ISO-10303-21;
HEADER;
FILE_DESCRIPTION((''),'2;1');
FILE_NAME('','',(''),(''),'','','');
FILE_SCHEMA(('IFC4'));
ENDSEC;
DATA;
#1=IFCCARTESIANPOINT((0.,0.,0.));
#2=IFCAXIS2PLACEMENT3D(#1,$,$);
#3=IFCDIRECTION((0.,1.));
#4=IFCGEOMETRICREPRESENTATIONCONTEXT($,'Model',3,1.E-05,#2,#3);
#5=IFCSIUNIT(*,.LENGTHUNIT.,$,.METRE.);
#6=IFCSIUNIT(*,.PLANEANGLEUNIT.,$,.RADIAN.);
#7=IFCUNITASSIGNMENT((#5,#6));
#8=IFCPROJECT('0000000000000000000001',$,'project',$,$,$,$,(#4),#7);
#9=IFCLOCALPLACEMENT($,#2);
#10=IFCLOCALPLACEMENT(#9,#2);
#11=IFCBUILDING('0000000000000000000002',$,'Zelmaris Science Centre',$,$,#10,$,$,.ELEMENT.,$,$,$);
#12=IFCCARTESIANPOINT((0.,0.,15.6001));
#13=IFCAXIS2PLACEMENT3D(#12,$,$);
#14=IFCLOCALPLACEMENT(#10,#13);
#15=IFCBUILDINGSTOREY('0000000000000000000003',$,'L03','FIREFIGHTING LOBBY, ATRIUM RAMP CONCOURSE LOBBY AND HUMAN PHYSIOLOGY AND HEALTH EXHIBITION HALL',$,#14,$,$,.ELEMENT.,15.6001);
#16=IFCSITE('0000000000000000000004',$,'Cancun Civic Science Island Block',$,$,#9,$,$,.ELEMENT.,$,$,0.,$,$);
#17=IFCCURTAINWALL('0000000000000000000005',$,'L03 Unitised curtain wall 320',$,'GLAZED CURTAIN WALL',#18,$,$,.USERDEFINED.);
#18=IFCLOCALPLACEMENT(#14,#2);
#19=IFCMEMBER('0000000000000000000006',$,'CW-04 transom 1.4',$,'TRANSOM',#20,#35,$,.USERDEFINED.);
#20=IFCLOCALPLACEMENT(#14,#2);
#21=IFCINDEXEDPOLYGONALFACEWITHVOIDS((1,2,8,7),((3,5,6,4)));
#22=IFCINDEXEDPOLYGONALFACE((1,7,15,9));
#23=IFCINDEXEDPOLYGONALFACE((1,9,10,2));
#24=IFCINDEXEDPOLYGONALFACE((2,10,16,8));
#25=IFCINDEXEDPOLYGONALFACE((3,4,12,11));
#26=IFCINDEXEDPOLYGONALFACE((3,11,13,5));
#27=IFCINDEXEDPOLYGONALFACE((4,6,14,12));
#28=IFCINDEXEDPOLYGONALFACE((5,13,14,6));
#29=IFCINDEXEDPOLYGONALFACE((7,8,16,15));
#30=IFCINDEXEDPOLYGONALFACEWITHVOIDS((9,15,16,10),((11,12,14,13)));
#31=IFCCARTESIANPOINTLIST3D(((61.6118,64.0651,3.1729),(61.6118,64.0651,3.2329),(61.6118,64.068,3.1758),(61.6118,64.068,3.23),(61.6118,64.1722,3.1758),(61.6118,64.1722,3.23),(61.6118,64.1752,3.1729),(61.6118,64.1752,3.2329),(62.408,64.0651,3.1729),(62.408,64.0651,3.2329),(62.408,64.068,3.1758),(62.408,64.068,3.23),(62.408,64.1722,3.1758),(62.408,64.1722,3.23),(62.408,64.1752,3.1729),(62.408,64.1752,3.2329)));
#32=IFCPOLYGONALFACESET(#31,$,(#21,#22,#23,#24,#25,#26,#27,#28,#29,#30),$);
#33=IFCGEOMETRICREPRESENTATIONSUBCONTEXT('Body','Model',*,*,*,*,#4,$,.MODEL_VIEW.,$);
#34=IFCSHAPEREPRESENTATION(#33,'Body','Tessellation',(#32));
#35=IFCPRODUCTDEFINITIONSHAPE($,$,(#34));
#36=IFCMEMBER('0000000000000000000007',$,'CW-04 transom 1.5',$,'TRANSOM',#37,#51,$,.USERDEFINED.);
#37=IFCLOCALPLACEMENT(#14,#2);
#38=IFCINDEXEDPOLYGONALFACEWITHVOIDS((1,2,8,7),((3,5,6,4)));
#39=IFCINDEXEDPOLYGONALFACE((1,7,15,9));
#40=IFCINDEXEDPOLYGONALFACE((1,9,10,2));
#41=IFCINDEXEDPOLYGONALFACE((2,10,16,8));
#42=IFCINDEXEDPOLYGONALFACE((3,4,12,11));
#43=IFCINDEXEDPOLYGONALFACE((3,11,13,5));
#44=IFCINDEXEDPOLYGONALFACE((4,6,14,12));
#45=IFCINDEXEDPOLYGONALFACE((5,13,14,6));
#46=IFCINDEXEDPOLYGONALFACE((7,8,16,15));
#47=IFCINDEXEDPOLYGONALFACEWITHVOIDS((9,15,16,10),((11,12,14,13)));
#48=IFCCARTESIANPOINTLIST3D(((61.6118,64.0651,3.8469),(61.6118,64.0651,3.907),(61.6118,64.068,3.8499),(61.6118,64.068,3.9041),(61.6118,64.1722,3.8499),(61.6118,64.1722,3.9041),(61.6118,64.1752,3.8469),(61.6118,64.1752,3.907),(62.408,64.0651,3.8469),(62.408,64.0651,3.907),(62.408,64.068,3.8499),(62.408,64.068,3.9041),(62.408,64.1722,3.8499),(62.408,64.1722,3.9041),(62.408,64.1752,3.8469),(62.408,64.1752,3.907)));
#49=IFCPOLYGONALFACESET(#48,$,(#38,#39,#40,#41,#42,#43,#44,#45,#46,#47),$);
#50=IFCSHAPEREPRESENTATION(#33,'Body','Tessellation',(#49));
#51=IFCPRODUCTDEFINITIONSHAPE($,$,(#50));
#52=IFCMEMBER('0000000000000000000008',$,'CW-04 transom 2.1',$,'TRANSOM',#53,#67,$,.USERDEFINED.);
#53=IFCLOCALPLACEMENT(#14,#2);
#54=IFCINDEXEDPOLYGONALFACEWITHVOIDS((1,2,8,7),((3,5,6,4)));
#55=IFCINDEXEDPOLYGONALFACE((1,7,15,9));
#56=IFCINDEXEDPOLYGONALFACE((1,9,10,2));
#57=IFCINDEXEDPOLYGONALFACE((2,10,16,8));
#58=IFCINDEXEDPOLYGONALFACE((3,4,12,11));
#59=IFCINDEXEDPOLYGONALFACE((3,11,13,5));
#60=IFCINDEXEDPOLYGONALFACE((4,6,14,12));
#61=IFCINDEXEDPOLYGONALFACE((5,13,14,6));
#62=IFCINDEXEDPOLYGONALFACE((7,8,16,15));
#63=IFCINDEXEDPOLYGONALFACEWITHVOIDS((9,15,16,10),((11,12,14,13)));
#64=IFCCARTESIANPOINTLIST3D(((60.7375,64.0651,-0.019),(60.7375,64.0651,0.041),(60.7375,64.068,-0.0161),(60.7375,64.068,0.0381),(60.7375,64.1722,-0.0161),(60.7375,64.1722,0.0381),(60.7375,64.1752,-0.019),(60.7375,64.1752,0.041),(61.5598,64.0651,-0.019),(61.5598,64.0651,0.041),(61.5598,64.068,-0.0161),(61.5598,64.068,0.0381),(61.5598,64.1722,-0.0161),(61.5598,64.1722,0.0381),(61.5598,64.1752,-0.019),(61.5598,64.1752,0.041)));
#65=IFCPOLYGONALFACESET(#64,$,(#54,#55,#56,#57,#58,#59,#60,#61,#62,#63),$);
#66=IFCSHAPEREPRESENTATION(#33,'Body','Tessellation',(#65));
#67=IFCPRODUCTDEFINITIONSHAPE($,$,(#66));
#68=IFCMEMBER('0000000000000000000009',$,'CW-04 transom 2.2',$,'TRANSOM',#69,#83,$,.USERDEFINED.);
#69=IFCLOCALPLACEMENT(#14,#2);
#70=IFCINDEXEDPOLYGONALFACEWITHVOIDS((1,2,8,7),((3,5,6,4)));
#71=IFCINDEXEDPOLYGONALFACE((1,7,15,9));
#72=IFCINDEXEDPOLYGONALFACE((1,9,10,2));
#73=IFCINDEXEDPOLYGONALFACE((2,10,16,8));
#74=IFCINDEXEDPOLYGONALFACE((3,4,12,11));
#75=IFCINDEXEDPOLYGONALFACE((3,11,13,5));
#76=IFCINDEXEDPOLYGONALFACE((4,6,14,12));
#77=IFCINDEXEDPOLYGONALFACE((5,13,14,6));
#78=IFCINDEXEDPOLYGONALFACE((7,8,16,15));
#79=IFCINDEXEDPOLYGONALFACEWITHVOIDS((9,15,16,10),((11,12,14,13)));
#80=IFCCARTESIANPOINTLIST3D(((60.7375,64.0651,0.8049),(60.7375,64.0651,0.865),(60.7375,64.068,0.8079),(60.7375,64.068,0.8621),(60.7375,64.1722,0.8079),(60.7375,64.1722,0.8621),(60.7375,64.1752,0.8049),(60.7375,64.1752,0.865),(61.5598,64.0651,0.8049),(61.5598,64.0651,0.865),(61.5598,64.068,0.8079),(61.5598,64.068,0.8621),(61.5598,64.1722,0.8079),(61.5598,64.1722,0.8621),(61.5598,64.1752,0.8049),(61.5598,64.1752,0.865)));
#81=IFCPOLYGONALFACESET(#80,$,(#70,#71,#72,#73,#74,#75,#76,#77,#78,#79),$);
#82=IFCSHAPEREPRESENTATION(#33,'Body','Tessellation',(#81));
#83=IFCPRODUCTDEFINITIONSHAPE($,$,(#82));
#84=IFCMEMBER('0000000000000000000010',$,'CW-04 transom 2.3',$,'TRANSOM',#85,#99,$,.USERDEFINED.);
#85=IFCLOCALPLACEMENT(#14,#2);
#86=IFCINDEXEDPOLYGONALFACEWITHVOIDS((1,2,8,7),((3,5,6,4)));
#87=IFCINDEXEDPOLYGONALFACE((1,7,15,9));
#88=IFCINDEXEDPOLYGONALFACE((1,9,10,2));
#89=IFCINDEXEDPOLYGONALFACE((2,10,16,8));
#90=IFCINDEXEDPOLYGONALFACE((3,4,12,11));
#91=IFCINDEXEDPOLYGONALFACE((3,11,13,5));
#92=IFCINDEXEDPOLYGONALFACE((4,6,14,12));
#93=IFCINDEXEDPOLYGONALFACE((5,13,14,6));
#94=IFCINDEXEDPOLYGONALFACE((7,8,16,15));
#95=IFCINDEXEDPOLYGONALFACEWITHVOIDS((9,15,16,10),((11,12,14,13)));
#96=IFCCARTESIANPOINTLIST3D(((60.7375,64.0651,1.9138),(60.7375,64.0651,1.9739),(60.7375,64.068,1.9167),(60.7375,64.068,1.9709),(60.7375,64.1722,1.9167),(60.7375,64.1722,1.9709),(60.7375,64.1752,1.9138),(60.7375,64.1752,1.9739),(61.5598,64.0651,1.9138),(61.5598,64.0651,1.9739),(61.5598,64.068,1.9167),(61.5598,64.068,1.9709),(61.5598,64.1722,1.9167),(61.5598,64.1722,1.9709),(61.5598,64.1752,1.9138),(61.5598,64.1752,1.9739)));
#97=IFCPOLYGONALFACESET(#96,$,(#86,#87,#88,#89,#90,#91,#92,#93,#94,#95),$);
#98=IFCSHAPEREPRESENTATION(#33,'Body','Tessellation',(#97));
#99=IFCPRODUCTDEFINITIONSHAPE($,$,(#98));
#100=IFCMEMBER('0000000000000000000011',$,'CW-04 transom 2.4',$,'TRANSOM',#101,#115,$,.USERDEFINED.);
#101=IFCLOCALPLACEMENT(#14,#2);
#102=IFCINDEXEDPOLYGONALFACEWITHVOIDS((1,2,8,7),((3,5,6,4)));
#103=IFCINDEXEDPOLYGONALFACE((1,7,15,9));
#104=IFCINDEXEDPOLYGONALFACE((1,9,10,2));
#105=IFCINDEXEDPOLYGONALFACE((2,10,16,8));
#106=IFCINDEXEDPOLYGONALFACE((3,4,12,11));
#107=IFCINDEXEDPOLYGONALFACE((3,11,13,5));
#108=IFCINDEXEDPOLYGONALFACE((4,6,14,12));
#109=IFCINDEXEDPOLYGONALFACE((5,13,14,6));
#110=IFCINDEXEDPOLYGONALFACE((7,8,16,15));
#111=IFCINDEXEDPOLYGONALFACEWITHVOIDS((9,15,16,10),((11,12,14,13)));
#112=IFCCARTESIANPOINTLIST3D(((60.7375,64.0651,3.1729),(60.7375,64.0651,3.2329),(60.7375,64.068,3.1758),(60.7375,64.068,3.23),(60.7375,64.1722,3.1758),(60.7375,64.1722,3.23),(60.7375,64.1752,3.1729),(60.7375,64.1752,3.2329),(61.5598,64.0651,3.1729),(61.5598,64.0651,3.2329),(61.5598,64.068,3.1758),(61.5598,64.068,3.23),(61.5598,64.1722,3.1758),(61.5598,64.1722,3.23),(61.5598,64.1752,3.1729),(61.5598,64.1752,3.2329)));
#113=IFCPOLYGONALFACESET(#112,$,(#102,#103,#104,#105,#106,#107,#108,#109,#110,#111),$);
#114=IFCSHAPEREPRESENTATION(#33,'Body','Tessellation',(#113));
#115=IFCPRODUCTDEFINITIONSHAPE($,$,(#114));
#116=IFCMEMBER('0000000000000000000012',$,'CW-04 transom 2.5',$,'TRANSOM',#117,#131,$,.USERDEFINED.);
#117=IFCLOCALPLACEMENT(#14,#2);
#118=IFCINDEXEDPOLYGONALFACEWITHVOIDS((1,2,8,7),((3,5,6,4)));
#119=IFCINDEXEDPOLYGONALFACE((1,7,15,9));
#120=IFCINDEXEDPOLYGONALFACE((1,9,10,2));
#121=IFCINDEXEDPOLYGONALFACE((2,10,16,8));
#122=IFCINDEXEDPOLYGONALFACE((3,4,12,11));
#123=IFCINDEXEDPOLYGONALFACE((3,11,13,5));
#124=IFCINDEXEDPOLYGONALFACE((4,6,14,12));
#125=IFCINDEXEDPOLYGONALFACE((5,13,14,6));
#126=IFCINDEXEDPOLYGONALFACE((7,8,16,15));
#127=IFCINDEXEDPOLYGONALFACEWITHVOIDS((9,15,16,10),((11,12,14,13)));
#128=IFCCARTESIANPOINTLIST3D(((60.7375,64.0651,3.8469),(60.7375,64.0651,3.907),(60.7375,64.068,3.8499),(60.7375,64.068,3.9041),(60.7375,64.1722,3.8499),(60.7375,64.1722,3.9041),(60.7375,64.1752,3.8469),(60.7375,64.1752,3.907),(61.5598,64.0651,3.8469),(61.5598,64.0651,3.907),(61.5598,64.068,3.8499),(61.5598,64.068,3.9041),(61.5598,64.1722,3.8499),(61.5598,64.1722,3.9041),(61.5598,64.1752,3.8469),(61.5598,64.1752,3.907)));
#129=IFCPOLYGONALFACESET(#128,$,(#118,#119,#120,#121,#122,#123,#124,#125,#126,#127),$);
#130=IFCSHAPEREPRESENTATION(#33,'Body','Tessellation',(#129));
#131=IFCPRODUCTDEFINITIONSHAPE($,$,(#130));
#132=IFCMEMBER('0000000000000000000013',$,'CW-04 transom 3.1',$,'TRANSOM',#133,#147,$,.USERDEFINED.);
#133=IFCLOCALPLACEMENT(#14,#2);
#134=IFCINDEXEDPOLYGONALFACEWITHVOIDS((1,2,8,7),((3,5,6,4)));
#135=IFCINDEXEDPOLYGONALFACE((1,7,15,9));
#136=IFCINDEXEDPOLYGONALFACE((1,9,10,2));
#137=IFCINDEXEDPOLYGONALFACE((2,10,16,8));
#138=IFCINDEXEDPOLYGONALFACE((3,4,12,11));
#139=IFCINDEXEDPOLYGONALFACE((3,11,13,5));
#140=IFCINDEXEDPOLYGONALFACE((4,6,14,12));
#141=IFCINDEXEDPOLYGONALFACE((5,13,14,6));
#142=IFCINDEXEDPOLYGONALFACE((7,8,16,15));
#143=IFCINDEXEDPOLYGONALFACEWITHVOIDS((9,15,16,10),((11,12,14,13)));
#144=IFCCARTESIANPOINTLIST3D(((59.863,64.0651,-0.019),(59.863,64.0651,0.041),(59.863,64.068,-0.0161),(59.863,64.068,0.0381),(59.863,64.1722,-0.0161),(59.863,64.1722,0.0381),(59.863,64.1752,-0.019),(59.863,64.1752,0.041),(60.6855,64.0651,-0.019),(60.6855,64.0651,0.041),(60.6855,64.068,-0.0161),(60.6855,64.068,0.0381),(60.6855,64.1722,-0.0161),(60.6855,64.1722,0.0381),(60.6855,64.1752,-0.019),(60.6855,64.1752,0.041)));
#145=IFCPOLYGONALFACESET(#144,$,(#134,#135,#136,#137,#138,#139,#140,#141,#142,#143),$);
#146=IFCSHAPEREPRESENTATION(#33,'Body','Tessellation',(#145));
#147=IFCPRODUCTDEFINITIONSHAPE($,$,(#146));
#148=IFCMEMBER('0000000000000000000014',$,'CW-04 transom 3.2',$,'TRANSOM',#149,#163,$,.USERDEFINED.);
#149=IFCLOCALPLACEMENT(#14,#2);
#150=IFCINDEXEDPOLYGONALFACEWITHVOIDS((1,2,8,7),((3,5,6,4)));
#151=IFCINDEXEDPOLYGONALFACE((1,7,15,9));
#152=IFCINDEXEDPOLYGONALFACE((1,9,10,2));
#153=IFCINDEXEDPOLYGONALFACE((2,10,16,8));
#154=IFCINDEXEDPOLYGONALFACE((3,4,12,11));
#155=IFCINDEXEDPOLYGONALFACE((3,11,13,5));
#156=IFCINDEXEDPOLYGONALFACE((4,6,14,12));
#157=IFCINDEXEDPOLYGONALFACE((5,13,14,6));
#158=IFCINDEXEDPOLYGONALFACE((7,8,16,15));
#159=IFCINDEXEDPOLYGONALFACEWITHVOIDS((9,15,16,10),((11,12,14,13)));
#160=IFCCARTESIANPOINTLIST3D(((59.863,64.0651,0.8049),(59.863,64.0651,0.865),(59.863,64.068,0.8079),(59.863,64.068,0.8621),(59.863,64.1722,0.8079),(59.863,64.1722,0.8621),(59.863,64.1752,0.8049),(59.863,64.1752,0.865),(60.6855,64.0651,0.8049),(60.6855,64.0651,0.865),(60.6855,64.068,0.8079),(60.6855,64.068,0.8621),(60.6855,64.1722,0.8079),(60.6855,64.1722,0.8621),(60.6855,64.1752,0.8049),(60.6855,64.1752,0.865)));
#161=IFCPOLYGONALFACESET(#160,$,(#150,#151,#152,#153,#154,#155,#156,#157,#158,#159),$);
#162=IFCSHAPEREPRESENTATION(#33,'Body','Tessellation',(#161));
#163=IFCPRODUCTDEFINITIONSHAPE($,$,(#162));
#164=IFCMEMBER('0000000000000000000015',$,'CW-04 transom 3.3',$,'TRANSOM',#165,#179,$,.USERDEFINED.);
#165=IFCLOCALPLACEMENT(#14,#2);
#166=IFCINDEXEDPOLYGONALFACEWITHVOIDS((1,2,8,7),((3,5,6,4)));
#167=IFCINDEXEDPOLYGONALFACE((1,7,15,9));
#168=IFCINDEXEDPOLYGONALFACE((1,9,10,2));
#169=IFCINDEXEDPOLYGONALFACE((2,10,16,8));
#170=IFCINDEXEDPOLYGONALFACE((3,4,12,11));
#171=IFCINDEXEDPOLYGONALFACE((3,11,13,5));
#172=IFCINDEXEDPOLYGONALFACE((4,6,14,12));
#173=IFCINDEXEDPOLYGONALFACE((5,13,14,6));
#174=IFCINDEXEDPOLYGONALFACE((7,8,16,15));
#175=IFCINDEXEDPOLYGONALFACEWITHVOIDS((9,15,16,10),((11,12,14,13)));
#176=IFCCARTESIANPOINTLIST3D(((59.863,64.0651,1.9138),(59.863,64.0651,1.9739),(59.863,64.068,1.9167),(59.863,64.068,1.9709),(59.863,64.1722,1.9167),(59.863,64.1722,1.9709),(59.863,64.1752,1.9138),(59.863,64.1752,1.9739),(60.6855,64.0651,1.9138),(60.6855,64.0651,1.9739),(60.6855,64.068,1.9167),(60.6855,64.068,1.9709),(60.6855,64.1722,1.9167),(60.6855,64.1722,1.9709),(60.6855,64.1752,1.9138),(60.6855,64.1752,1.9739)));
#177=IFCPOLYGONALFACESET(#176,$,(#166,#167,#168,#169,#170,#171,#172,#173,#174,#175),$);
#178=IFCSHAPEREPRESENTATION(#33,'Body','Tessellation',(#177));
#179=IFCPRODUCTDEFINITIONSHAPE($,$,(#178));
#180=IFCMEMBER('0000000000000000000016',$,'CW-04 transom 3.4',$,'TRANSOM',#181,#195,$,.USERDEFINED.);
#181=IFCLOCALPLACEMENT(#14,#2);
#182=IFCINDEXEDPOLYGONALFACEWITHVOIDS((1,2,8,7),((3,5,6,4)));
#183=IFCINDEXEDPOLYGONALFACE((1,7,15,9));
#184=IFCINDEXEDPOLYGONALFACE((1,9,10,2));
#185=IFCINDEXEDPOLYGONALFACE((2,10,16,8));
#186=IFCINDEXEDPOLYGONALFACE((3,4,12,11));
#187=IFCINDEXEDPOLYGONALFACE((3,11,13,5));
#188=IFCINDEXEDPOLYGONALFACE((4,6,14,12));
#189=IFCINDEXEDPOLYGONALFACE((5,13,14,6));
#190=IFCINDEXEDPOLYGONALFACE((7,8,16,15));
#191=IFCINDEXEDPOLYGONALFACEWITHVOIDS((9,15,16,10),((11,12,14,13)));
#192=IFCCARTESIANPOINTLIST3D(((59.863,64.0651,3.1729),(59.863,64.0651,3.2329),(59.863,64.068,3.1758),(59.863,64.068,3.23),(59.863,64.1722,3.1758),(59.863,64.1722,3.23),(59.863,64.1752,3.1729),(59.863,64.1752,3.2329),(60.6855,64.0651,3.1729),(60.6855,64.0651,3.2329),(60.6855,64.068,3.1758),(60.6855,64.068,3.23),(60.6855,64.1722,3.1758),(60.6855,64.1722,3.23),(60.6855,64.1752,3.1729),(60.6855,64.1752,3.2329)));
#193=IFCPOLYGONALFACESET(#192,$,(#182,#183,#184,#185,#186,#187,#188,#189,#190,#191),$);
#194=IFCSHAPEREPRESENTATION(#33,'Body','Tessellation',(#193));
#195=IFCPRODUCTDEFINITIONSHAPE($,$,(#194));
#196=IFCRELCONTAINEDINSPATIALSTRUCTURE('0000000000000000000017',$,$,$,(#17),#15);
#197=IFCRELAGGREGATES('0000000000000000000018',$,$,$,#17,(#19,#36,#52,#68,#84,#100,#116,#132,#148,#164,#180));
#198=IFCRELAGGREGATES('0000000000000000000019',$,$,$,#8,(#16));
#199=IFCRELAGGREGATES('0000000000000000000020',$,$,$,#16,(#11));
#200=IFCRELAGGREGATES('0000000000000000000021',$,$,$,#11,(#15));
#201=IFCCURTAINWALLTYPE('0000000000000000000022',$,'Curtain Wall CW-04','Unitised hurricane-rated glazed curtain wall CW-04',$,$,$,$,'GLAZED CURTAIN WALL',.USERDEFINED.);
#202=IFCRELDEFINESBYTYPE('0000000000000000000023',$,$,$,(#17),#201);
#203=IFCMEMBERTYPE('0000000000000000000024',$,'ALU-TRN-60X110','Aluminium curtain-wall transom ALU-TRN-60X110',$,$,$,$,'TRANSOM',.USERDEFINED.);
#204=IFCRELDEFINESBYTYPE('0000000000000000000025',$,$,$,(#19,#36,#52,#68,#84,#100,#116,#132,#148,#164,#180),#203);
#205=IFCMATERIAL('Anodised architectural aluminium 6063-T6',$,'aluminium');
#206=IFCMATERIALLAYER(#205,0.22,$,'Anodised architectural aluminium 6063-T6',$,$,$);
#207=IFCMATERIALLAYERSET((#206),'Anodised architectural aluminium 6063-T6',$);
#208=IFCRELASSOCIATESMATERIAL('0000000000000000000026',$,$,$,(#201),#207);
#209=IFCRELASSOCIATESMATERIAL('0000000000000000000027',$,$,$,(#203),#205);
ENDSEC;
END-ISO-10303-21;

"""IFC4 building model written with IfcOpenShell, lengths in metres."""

from ifc_helpers import new_model, si_unit, direction, frame, origin, origin_2d, place, context, subcontext, project, spatial, hollow_rectangle, extrude, material, layer, layer_set, material_profile, profile_set, type_object, element, aggregate, save


model = new_model("IFC4")

# Units and contexts
model_context = context("Model", 3, precision=1e-05, world=origin(), true_north=direction((0.0, 1.0)))
body_context = subcontext(model_context, "Body", "Model", "MODEL_VIEW")
ifc_project = project(units=[si_unit("LENGTHUNIT", "METRE"), si_unit("PLANEANGLEUNIT", "RADIAN")], contexts=[model_context])

# Site, building, storey
site_placement = place(None, origin())
site = spatial("IfcSite", under=ifc_project, at=site_placement, Name="Cancun Civic Science Island Block", CompositionType="ELEMENT", RefElevation=0.0)
building_placement = place(site_placement, origin())
building = spatial("IfcBuilding", under=site, at=building_placement, Name="Zelmaris Science Centre", CompositionType="ELEMENT")
storey_placement = place(building_placement, frame((0.0, 0.0, 15.6001)))
storey = spatial("IfcBuildingStorey", under=building, at=storey_placement, Name="L03", Description="FIREFIGHTING LOBBY, ATRIUM RAMP CONCOURSE LOBBY AND HUMAN PHYSIOLOGY AND HEALTH EXHIBITION HALL", CompositionType="ELEMENT", Elevation=15.6001)

# Curtain wall
ifc_material_1 = material(Name="Anodised architectural aluminium 6063-T6", Category="aluminium")
ifc_layer_1 = layer(ifc_material_1, 0.22, Name="Anodised architectural aluminium 6063-T6")
ifc_layer_set_1 = layer_set([ifc_layer_1], Name="Anodised architectural aluminium 6063-T6")
curtain_wall_type_1 = type_object("IfcCurtainWallType", Name="Curtain Wall CW-04", Description="Unitised hurricane-rated glazed curtain wall CW-04", ElementType="GLAZED CURTAIN WALL", PredefinedType="USERDEFINED", material=ifc_layer_set_1)
curtain_wall_1_placement = place(storey_placement, origin())
curtain_wall_1 = element("IfcCurtainWall", 1, at=curtain_wall_1_placement, inside=storey, type_object=curtain_wall_type_1, Name="L03 Unitised curtain wall 320", ObjectType="GLAZED CURTAIN WALL", PredefinedType="USERDEFINED")

# Members
ifc_material_profile_1 = material_profile(ifc_material_1, hollow_rectangle(XDim=0.0601, YDim=0.1101, WallThickness=0.0029, at=origin_2d()), Name="ALU-TRN-60X110")
ifc_profile_set_1 = profile_set([ifc_material_profile_1], Name="Anodised architectural aluminium 6063-T6")
member_type_1 = type_object("IfcMemberType", Name="ALU-TRN-60X110", Description="Aluminium curtain-wall transom ALU-TRN-60X110", ElementType="TRANSOM", PredefinedType="USERDEFINED", material=ifc_profile_set_1)
member_1_placement = place(storey_placement, frame((62.408, 64.1201, 3.2029), z_axis=(-1.0, 0.0, 0.0), x_axis=(0.0, 0.0, 1.0)))
member_1 = element("IfcMember", 2, at=member_1_placement, type_object=member_type_1, Name="CW-04 transom 1.4", ObjectType="TRANSOM", PredefinedType="USERDEFINED", context=body_context, shape_type="SweptSolid", body=[
    extrude(hollow_rectangle(XDim=0.0601, YDim=0.1101, WallThickness=0.0029, at=origin_2d()), origin(), (0.0, 0.0, 1.0), 0.7961),
])
member_2_placement = place(storey_placement, frame((62.408, 64.1201, 3.877), z_axis=(-1.0, 0.0, 0.0), x_axis=(0.0, 0.0, 1.0)))
member_2 = element("IfcMember", 3, at=member_2_placement, type_object=member_type_1, Name="CW-04 transom 1.5", ObjectType="TRANSOM", PredefinedType="USERDEFINED", context=body_context, shape_type="SweptSolid", body=[
    extrude(hollow_rectangle(XDim=0.0601, YDim=0.1101, WallThickness=0.0029, at=origin_2d()), origin(), (0.0, 0.0, 1.0), 0.7961),
])
member_3_placement = place(storey_placement, frame((61.5598, 64.1201, 0.011), z_axis=(-1.0, 0.0, 0.0), x_axis=(0.0, 0.0, 1.0)))
member_3 = element("IfcMember", 4, at=member_3_placement, type_object=member_type_1, Name="CW-04 transom 2.1", ObjectType="TRANSOM", PredefinedType="USERDEFINED", context=body_context, shape_type="SweptSolid", body=[
    extrude(hollow_rectangle(XDim=0.0601, YDim=0.1101, WallThickness=0.0029, at=origin_2d()), origin(), (0.0, 0.0, 1.0), 0.8223),
])
member_4_placement = place(storey_placement, frame((61.5598, 64.1201, 0.835), z_axis=(-1.0, 0.0, 0.0), x_axis=(0.0, 0.0, 1.0)))
member_4 = element("IfcMember", 5, at=member_4_placement, type_object=member_type_1, Name="CW-04 transom 2.2", ObjectType="TRANSOM", PredefinedType="USERDEFINED", context=body_context, shape_type="SweptSolid", body=[
    extrude(hollow_rectangle(XDim=0.0601, YDim=0.1101, WallThickness=0.0029, at=origin_2d()), origin(), (0.0, 0.0, 1.0), 0.8223),
])
member_5_placement = place(storey_placement, frame((61.5598, 64.1201, 1.9438), z_axis=(-1.0, 0.0, 0.0), x_axis=(0.0, 0.0, 1.0)))
member_5 = element("IfcMember", 6, at=member_5_placement, type_object=member_type_1, Name="CW-04 transom 2.3", ObjectType="TRANSOM", PredefinedType="USERDEFINED", context=body_context, shape_type="SweptSolid", body=[
    extrude(hollow_rectangle(XDim=0.0601, YDim=0.1101, WallThickness=0.0029, at=origin_2d()), origin(), (0.0, 0.0, 1.0), 0.8223),
])
member_6_placement = place(storey_placement, frame((61.5598, 64.1201, 3.2029), z_axis=(-1.0, 0.0, 0.0), x_axis=(0.0, 0.0, 1.0)))
member_6 = element("IfcMember", 7, at=member_6_placement, type_object=member_type_1, Name="CW-04 transom 2.4", ObjectType="TRANSOM", PredefinedType="USERDEFINED", context=body_context, shape_type="SweptSolid", body=[
    extrude(hollow_rectangle(XDim=0.0601, YDim=0.1101, WallThickness=0.0029, at=origin_2d()), origin(), (0.0, 0.0, 1.0), 0.8223),
])
member_7_placement = place(storey_placement, frame((61.5598, 64.1201, 3.877), z_axis=(-1.0, 0.0, 0.0), x_axis=(0.0, 0.0, 1.0)))
member_7 = element("IfcMember", 8, at=member_7_placement, type_object=member_type_1, Name="CW-04 transom 2.5", ObjectType="TRANSOM", PredefinedType="USERDEFINED", context=body_context, shape_type="SweptSolid", body=[
    extrude(hollow_rectangle(XDim=0.0601, YDim=0.1101, WallThickness=0.0029, at=origin_2d()), origin(), (0.0, 0.0, 1.0), 0.8223),
])
member_8_placement = place(storey_placement, frame((60.6855, 64.1201, 0.011), z_axis=(-1.0, 0.0, 0.0), x_axis=(0.0, 0.0, 1.0)))
member_8 = element("IfcMember", 9, at=member_8_placement, type_object=member_type_1, Name="CW-04 transom 3.1", ObjectType="TRANSOM", PredefinedType="USERDEFINED", context=body_context, shape_type="SweptSolid", body=[
    extrude(hollow_rectangle(XDim=0.0601, YDim=0.1101, WallThickness=0.0029, at=origin_2d()), origin(), (0.0, 0.0, 1.0), 0.8225),
])
member_9_placement = place(storey_placement, frame((60.6855, 64.1201, 0.835), z_axis=(-1.0, 0.0, 0.0), x_axis=(0.0, 0.0, 1.0)))
member_9 = element("IfcMember", 10, at=member_9_placement, type_object=member_type_1, Name="CW-04 transom 3.2", ObjectType="TRANSOM", PredefinedType="USERDEFINED", context=body_context, shape_type="SweptSolid", body=[
    extrude(hollow_rectangle(XDim=0.0601, YDim=0.1101, WallThickness=0.0029, at=origin_2d()), origin(), (0.0, 0.0, 1.0), 0.8225),
])
member_10_placement = place(storey_placement, frame((60.6855, 64.1201, 1.9438), z_axis=(-1.0, 0.0, 0.0), x_axis=(0.0, 0.0, 1.0)))
member_10 = element("IfcMember", 11, at=member_10_placement, type_object=member_type_1, Name="CW-04 transom 3.3", ObjectType="TRANSOM", PredefinedType="USERDEFINED", context=body_context, shape_type="SweptSolid", body=[
    extrude(hollow_rectangle(XDim=0.0601, YDim=0.1101, WallThickness=0.0029, at=origin_2d()), origin(), (0.0, 0.0, 1.0), 0.8225),
])
member_11_placement = place(storey_placement, frame((60.6855, 64.1201, 3.2029), z_axis=(-1.0, 0.0, 0.0), x_axis=(0.0, 0.0, 1.0)))
member_11 = element("IfcMember", 12, at=member_11_placement, type_object=member_type_1, Name="CW-04 transom 3.4", ObjectType="TRANSOM", PredefinedType="USERDEFINED", context=body_context, shape_type="SweptSolid", body=[
    extrude(hollow_rectangle(XDim=0.0601, YDim=0.1101, WallThickness=0.0029, at=origin_2d()), origin(), (0.0, 0.0, 1.0), 0.8225),
])

aggregate(curtain_wall_1, [member_1, member_2, member_3, member_4, member_5, member_6, member_7, member_8, member_9, member_10, member_11])

save(model, "model.ifc")
